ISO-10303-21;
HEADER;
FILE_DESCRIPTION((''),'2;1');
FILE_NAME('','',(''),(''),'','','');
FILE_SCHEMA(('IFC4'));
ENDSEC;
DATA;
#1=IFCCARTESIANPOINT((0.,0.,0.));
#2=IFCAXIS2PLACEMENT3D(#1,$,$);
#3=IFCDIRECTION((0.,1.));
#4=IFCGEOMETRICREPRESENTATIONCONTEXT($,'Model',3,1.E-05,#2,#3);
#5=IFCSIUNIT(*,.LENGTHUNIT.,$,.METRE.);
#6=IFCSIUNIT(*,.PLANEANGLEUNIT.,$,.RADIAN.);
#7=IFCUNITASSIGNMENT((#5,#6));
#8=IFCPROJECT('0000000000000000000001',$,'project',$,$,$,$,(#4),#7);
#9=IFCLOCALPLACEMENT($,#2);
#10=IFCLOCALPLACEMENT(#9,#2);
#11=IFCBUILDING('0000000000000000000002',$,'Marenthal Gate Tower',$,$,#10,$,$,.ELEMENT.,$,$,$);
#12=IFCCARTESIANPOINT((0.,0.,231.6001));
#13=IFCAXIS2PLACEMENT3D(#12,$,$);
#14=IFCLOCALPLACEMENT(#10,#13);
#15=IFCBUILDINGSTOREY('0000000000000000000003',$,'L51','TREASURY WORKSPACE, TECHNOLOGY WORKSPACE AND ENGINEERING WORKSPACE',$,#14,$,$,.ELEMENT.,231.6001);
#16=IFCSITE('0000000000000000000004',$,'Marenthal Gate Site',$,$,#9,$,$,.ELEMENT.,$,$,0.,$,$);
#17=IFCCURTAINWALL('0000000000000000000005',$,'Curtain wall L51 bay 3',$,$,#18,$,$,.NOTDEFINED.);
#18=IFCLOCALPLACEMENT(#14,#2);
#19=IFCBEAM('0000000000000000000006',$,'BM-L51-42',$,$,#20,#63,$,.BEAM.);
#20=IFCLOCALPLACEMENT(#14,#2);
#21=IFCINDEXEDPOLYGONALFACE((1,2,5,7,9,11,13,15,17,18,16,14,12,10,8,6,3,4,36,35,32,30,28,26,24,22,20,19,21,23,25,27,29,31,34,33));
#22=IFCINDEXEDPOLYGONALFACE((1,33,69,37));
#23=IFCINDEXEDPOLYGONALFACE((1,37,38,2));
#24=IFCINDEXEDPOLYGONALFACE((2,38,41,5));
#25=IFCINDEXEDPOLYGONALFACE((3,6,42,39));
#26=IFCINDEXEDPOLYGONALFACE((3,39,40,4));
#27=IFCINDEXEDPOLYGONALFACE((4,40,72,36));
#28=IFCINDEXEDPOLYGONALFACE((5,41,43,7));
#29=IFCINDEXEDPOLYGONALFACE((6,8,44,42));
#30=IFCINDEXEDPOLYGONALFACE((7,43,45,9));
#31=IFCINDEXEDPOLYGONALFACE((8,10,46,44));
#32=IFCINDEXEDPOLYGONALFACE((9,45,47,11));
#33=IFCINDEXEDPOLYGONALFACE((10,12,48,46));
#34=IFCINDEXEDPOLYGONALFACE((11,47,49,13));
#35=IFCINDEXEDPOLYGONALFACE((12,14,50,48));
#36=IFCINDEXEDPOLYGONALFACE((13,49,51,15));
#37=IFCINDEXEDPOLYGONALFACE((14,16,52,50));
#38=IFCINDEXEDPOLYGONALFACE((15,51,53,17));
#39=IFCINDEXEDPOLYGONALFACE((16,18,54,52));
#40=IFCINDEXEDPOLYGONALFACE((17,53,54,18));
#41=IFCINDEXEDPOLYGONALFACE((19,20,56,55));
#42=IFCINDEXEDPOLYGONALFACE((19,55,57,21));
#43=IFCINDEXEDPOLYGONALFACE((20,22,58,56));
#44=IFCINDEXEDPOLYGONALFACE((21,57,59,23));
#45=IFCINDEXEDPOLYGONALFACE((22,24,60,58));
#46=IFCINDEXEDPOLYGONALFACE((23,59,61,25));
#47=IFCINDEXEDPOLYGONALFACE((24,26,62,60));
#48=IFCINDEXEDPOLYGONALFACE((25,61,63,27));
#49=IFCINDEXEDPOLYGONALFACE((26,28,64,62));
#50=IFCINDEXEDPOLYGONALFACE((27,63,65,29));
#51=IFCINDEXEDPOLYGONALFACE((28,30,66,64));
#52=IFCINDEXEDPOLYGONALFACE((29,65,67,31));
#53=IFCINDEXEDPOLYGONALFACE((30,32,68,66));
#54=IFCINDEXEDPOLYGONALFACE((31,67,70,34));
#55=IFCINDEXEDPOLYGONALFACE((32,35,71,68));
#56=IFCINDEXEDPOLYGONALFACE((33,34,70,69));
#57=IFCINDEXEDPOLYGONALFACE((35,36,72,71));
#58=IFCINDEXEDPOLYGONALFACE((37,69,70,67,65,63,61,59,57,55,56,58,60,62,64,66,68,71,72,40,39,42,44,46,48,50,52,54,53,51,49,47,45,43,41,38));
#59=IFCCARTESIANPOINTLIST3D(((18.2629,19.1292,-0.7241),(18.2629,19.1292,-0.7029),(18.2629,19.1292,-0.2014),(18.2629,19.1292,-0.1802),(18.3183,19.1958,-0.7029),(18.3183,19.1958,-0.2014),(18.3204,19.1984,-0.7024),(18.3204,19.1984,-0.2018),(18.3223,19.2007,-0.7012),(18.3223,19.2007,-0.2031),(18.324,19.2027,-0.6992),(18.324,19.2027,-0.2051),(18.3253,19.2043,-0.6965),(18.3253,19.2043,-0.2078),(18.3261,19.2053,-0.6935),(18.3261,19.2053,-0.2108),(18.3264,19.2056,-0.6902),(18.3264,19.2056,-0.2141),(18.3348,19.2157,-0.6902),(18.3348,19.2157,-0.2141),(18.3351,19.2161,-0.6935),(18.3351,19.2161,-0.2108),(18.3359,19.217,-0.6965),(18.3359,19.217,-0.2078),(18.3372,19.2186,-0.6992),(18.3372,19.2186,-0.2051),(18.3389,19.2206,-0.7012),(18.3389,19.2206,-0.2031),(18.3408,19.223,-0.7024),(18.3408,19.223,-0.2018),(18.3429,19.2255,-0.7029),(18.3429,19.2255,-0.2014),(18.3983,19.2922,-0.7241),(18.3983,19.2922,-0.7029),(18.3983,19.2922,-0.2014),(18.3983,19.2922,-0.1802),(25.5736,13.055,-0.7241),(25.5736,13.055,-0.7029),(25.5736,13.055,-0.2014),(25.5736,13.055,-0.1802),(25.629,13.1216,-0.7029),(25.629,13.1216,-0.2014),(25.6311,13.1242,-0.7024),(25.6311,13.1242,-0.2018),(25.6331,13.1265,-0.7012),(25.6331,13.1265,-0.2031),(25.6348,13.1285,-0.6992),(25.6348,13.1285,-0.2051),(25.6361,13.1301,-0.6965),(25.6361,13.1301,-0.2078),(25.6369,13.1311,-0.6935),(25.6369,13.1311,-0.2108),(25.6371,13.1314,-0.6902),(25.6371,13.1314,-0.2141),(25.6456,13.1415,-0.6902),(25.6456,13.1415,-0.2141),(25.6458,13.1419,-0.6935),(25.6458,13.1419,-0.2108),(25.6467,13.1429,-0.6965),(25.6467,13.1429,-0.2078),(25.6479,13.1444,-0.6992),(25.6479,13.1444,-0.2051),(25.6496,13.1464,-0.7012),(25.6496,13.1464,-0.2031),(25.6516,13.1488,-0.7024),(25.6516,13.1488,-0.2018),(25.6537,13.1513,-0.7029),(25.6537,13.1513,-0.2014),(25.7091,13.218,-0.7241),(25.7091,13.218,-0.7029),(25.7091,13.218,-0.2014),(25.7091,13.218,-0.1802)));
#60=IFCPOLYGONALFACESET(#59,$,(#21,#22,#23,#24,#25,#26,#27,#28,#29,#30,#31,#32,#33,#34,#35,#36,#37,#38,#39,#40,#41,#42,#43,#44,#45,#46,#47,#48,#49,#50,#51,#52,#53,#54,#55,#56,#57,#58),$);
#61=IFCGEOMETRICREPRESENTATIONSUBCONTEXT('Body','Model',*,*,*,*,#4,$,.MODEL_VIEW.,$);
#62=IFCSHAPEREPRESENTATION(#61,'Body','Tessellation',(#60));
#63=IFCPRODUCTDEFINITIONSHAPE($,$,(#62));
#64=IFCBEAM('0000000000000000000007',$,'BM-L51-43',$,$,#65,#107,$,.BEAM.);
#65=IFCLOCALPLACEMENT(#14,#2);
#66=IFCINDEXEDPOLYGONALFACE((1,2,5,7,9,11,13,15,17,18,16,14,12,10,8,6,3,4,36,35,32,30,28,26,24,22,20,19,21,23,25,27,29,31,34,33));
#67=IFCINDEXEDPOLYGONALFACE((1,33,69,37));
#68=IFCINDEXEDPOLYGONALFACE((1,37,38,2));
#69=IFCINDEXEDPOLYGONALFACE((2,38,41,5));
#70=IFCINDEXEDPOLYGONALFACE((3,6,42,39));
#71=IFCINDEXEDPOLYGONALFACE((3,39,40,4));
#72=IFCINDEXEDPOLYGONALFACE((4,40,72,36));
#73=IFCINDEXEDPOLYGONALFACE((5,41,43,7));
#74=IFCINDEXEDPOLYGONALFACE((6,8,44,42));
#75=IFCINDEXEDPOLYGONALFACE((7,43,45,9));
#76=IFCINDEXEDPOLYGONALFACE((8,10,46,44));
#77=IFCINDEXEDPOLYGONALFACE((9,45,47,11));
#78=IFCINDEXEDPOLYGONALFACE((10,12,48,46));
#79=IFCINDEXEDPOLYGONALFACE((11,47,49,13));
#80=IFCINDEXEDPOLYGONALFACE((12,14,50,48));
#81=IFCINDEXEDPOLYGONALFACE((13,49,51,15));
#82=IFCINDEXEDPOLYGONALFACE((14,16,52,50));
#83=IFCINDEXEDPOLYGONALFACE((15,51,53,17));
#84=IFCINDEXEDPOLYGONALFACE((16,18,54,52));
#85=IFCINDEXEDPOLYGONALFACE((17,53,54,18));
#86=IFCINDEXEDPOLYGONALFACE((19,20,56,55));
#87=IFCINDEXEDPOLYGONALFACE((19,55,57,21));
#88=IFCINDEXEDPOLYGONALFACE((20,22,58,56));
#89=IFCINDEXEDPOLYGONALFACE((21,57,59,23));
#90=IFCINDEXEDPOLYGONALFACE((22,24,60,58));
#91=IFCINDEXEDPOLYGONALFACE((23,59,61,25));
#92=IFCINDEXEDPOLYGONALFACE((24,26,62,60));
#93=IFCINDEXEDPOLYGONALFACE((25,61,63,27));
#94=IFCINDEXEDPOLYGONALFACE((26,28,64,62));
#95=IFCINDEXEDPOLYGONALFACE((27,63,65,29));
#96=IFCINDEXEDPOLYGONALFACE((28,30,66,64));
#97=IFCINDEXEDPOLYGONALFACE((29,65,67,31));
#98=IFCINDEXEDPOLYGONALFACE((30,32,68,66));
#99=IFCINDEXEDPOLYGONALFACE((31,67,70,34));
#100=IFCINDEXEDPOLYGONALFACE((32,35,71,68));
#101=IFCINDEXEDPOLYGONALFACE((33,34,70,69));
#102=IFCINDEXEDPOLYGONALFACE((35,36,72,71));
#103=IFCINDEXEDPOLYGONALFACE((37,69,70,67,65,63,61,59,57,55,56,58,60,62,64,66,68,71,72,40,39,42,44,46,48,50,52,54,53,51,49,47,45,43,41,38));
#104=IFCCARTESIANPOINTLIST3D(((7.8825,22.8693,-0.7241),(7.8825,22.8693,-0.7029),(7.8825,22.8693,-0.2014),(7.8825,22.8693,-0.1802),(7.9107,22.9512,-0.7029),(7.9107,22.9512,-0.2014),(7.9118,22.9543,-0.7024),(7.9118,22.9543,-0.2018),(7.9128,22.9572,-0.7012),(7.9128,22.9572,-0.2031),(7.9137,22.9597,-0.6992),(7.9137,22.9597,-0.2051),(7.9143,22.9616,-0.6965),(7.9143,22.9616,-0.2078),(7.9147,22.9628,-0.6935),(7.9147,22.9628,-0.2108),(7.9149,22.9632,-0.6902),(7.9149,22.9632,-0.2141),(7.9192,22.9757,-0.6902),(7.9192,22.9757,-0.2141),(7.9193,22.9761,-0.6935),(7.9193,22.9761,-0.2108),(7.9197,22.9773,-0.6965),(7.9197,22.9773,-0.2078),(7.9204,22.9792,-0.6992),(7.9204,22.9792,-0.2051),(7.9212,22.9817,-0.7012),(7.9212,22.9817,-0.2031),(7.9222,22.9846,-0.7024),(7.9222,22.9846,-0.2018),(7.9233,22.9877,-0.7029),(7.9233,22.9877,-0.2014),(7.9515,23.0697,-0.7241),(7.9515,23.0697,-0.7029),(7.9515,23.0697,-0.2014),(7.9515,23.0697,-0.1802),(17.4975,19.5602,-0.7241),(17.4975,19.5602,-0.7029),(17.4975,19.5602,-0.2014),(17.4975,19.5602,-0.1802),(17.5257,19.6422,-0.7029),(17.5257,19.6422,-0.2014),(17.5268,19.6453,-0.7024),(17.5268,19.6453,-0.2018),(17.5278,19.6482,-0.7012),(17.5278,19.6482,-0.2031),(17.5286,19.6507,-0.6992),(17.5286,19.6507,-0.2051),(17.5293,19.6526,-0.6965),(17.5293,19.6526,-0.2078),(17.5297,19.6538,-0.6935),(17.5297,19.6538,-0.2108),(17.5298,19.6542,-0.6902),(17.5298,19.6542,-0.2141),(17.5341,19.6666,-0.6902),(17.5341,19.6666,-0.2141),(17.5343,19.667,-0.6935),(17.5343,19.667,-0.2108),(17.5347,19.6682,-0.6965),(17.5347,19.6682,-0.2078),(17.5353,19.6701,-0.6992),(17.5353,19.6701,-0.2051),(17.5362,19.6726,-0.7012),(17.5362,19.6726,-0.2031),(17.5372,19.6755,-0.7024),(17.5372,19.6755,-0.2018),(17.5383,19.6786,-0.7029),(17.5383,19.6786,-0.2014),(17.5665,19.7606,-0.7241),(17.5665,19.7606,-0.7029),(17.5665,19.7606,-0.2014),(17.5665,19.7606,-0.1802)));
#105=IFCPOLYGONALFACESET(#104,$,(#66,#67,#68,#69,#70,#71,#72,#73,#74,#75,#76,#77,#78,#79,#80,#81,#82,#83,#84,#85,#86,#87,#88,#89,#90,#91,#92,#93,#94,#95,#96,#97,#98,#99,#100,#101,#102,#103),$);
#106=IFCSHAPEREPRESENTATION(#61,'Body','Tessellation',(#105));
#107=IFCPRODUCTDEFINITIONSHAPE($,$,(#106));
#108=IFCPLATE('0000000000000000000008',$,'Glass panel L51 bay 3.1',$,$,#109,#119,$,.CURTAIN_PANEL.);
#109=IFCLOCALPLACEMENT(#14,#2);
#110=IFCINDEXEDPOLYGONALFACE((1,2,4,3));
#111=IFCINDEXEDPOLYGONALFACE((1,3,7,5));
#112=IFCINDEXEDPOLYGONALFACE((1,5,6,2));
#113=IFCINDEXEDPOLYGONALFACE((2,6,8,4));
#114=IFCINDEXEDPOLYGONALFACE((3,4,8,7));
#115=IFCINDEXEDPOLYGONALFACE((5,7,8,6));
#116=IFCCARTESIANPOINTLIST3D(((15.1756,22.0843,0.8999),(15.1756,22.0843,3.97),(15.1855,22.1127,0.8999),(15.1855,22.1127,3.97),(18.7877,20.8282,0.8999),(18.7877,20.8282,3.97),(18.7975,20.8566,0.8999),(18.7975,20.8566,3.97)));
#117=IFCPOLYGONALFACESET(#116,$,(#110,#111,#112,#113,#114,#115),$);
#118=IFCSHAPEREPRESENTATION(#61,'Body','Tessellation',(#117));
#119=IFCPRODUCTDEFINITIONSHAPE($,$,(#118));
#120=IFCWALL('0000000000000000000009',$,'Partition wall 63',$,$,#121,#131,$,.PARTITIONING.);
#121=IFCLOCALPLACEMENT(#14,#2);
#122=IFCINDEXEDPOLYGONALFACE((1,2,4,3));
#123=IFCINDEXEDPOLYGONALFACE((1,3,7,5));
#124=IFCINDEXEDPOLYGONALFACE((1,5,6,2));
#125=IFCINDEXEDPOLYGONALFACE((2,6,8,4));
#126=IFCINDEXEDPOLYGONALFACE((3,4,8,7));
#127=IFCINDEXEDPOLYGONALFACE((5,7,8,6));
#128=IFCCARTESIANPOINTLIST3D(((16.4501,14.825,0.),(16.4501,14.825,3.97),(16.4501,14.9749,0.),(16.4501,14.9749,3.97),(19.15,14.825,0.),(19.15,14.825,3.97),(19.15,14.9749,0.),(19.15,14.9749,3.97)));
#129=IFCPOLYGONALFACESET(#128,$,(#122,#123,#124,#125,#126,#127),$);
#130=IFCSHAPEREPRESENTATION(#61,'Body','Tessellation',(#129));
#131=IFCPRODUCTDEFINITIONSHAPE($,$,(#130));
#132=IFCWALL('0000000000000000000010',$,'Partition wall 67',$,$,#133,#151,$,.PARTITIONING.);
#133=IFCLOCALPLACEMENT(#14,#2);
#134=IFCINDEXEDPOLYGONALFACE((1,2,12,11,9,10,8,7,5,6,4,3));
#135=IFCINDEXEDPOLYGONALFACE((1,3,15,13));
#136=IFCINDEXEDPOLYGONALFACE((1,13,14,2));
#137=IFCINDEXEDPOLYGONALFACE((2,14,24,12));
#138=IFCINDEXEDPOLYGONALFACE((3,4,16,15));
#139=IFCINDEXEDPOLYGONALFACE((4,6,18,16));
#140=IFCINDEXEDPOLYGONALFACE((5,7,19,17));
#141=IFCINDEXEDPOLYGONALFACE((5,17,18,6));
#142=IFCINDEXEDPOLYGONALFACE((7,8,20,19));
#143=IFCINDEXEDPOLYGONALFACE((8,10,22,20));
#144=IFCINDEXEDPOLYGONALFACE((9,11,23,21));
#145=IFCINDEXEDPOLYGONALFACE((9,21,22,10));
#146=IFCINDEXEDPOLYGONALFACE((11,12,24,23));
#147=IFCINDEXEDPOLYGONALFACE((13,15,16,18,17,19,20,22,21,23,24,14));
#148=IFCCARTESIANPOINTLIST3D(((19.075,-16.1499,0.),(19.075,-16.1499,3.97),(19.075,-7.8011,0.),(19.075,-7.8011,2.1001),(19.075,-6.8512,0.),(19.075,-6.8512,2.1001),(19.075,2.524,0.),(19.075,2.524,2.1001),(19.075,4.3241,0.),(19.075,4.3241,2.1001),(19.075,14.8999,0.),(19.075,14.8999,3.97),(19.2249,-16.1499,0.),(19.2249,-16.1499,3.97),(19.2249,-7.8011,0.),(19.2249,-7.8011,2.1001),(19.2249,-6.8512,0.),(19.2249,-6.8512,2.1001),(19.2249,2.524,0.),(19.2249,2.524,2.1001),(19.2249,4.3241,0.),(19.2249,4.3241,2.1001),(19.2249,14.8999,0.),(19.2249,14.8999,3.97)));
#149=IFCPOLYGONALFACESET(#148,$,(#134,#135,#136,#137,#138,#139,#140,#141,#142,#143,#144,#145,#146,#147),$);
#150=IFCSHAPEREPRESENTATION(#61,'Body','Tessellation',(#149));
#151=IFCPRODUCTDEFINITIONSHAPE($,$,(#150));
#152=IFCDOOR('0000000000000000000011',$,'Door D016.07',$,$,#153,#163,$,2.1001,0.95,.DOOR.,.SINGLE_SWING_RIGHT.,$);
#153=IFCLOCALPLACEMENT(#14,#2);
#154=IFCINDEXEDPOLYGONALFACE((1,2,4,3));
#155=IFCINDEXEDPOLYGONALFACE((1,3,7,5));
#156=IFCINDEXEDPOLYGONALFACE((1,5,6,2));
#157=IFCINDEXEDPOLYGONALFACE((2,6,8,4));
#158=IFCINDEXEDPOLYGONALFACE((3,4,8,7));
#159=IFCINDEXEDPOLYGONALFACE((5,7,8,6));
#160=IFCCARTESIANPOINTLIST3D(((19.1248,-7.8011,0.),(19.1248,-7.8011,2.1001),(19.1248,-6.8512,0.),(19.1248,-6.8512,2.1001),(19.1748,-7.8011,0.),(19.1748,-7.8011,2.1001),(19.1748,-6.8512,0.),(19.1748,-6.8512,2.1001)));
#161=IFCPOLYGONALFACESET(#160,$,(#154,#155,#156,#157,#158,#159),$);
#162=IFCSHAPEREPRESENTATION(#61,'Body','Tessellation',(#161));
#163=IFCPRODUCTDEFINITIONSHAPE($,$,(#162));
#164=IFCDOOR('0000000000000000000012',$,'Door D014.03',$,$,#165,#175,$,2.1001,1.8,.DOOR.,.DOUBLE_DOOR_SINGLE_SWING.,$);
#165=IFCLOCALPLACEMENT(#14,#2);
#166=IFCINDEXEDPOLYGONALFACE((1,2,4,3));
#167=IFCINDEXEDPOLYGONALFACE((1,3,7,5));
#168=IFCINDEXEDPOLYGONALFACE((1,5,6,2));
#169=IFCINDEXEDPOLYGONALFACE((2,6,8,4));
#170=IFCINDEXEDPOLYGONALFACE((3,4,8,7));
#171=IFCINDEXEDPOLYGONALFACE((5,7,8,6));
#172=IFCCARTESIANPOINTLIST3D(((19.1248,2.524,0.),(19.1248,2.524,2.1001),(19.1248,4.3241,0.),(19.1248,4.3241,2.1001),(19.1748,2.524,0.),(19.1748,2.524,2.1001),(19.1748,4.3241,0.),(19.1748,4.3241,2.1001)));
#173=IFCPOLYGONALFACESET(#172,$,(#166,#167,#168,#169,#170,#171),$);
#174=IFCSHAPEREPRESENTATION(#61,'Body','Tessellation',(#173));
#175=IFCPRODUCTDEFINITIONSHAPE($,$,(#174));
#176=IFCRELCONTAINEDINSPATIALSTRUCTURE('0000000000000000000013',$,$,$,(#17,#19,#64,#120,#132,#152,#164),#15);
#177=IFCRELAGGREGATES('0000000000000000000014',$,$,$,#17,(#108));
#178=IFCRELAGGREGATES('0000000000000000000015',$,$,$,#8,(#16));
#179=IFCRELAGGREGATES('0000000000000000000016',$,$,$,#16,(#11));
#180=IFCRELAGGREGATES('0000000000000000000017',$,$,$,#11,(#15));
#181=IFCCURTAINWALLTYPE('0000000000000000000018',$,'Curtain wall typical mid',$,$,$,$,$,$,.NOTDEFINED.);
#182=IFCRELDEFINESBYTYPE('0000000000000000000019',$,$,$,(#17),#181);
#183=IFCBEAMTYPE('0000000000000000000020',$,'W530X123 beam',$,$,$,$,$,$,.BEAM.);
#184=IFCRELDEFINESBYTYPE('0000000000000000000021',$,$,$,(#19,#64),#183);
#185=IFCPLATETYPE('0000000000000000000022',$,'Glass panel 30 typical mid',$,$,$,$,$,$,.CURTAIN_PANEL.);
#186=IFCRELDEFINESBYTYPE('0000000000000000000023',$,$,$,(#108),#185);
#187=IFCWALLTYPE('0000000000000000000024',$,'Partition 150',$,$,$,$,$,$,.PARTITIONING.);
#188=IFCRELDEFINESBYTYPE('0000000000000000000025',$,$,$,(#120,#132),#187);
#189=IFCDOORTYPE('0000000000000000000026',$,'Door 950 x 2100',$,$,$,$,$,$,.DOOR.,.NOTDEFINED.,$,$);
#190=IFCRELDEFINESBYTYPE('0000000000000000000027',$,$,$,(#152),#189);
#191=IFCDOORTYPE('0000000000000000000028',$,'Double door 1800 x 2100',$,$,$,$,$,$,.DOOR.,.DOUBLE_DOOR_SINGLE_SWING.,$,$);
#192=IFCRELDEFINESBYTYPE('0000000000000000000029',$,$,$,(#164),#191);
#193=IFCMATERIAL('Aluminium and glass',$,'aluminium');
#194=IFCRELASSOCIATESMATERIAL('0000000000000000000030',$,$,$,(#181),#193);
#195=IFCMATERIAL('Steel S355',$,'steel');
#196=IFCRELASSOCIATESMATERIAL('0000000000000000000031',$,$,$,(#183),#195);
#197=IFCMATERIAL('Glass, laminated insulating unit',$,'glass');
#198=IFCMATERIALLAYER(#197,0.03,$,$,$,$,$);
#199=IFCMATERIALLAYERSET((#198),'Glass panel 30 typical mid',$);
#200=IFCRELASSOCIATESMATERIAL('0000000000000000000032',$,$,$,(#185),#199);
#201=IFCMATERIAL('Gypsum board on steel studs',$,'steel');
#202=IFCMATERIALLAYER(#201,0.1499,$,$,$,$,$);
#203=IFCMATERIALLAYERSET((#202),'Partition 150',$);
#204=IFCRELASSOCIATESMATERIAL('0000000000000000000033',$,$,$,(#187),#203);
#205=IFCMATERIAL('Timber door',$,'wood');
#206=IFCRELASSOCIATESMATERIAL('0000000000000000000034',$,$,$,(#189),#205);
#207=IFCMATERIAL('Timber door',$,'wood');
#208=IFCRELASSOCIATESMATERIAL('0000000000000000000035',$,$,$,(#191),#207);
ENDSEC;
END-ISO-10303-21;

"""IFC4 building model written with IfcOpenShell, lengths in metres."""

from ifc_helpers import new_model, si_unit, direction, frame, frame_2d, origin, origin_2d, place, context, subcontext, project, spatial, rectangle, i_section, extrude, material, layer, layer_set, material_profile, profile_set, type_object, element, fill, aggregate, save


model = new_model("IFC4")

# Units and contexts
model_context = context("Model", 3, precision=1e-05, world=origin(), true_north=direction((0.0, 1.0)))
body_context = subcontext(model_context, "Body", "Model", "MODEL_VIEW")
ifc_project = project(units=[si_unit("LENGTHUNIT", "METRE"), si_unit("PLANEANGLEUNIT", "RADIAN")], contexts=[model_context])

# Site, building, storey
site_placement = place(None, origin())
site = spatial("IfcSite", under=ifc_project, at=site_placement, Name="Marenthal Gate Site", CompositionType="ELEMENT", RefElevation=0.0)
building_placement = place(site_placement, origin())
building = spatial("IfcBuilding", under=site, at=building_placement, Name="Marenthal Gate Tower", CompositionType="ELEMENT")
storey_placement = place(building_placement, frame((0.0, 0.0, 231.6001)))
storey = spatial("IfcBuildingStorey", under=building, at=storey_placement, Name="L51", Description="TREASURY WORKSPACE, TECHNOLOGY WORKSPACE AND ENGINEERING WORKSPACE", CompositionType="ELEMENT", Elevation=231.6001)

# Shared definitions
ifc_material_1 = material(Name="Aluminium and glass", Category="aluminium")
curtain_wall_type = type_object("IfcCurtainWallType", Name="Curtain wall typical mid", PredefinedType="NOTDEFINED", material=ifc_material_1)

# Curtain wall
curtain_wall_1_placement = place(storey_placement, origin())
curtain_wall_1 = element("IfcCurtainWall", 1, at=curtain_wall_1_placement, inside=storey, type_object=curtain_wall_type, Name="Curtain wall L51 bay 3", PredefinedType="NOTDEFINED")

# Beams
ifc_material_2 = material(Name="Steel S355", Category="steel")
ifc_material_profile_1 = material_profile(ifc_material_2, i_section(OverallWidth=0.2119, OverallDepth=0.5439, WebThickness=0.0132, FlangeThickness=0.0212, FilletRadius=0.0127, at=origin_2d()), Name="W530X123")
ifc_profile_set_1 = profile_set([ifc_material_profile_1], Name="Steel S355")
beam_type_1 = type_object("IfcBeamType", Name="W530X123 beam", PredefinedType="BEAM", material=ifc_profile_set_1)
beam_1_placement = place(storey_placement, frame((25.6414, 13.1365, -0.4521), z_axis=(-0.769157, 0.639059, 0.0), x_axis=(-0.639059, -0.769157, 0.0)))
element("IfcBeam", 2, at=beam_1_placement, inside=storey, type_object=beam_type_1, Name="BM-L51-42", PredefinedType="BEAM", context=body_context, shape_type="SweptSolid", body=[
    extrude(i_section(OverallWidth=0.2119, OverallDepth=0.5439, WebThickness=0.0132, FlangeThickness=0.0212, FilletRadius=0.0127, at=origin_2d()), origin(), (0.0, 0.0, 1.0), 9.5049),
])
beam_2_placement = place(storey_placement, frame((17.532, 19.6604, -0.4521), z_axis=(-0.945568, 0.325425, 0.0), x_axis=(-0.325425, -0.945568, 0.0)))
element("IfcBeam", 3, at=beam_2_placement, inside=storey, type_object=beam_type_1, Name="BM-L51-43", PredefinedType="BEAM", context=body_context, shape_type="SweptSolid", body=[
    extrude(i_section(OverallWidth=0.2119, OverallDepth=0.5439, WebThickness=0.0132, FlangeThickness=0.0212, FilletRadius=0.0127, at=origin_2d()), origin(), (0.0, 0.0, 1.0), 10.1685),
])

# Plate
ifc_material_3 = material(Name="Glass, laminated insulating unit", Category="glass")
ifc_layer_1 = layer(ifc_material_3, 0.03)
ifc_layer_set_1 = layer_set([ifc_layer_1], Name="Glass panel 30 typical mid")
plate_type = type_object("IfcPlateType", Name="Glass panel 30 typical mid", PredefinedType="CURTAIN_PANEL", material=ifc_layer_set_1)
plate_placement = place(storey_placement, frame((16.9866, 21.4705, 0.8999), z_axis=(0.0, 0.0, 1.0), x_axis=(-0.944515, 0.328468, 0.0)))
plate = element("IfcPlate", 4, at=plate_placement, type_object=plate_type, Name="Glass panel L51 bay 3.1", PredefinedType="CURTAIN_PANEL", context=body_context, shape_type="SweptSolid", body=[
    extrude(rectangle(XDim=3.8242, YDim=0.03, at=origin_2d()), origin(), (0.0, 0.0, 1.0), 3.0701),
])
aggregate(curtain_wall_1, [plate])

# Wall
ifc_material_4 = material(Name="Gypsum board on steel studs", Category="steel")
ifc_layer_2 = layer(ifc_material_4, 0.1499)
ifc_layer_set_2 = layer_set([ifc_layer_2], Name="Partition 150")
wall_type_1 = type_object("IfcWallType", Name="Partition 150", PredefinedType="PARTITIONING", material=ifc_layer_set_2)
wall_1_placement = place(storey_placement, frame((16.45, 14.8999, 0.0), z_axis=(0.0, 0.0, 1.0), x_axis=(1.0, 0.0, 0.0)))
element("IfcWall", 5, at=wall_1_placement, inside=storey, type_object=wall_type_1, Name="Partition wall 63", PredefinedType="PARTITIONING", context=body_context, shape_type="SweptSolid", body=[
    extrude(rectangle(XDim=2.7, YDim=0.1499, at=frame_2d((1.3501, 0.0))), origin(), (0.0, 0.0, 1.0), 3.97),
])

# Wall, openings, doors
wall_2_placement = place(storey_placement, frame((19.1499, 14.8999, 0.0), z_axis=(0.0, 0.0, 1.0), x_axis=(0.0, -1.0, 0.0)))
wall_2 = element("IfcWall", 6, at=wall_2_placement, inside=storey, type_object=wall_type_1, Name="Partition wall 67", PredefinedType="PARTITIONING", context=body_context, shape_type="SweptSolid", body=[
    extrude(rectangle(XDim=31.0498, YDim=0.1499, at=frame_2d((15.5249, 0.0))), origin(), (0.0, 0.0, 1.0), 3.97),
])
opening_1_placement = place(wall_2_placement, frame((21.751, 0.0, 0.0)))
opening_1 = element("IfcOpeningElement", 7, at=opening_1_placement, cuts=wall_2, PredefinedType="OPENING", context=body_context, shape_type="SweptSolid", body=[
    extrude(rectangle(XDim=0.95, YDim=2.1001, at=frame_2d((0.4751, 1.05))), frame((0.0, 0.085, 0.0), z_axis=(0.0, -1.0, 0.0), x_axis=(1.0, 0.0, 0.0)), (0.0, 0.0, 1.0), 0.1699),
])
opening_2_placement = place(wall_2_placement, frame((10.5759, 0.0, 0.0)))
opening_2 = element("IfcOpeningElement", 8, at=opening_2_placement, cuts=wall_2, PredefinedType="OPENING", context=body_context, shape_type="SweptSolid", body=[
    extrude(rectangle(XDim=1.8, YDim=2.1001, at=frame_2d((0.8999, 1.05))), frame((0.0, 0.085, 0.0), z_axis=(0.0, -1.0, 0.0), x_axis=(1.0, 0.0, 0.0)), (0.0, 0.0, 1.0), 0.1699),
])
ifc_material_5 = material(Name="Timber door", Category="wood")
door_type_1 = type_object("IfcDoorType", Name="Door 950 x 2100", OperationType="NOTDEFINED", PredefinedType="DOOR", material=ifc_material_5)
door_1_placement = place(opening_1_placement, origin())
door_1 = element("IfcDoor", 9, at=door_1_placement, inside=storey, type_object=door_type_1, Name="Door D016.07", OperationType="SINGLE_SWING_RIGHT", OverallHeight=2.1001, OverallWidth=0.95, PredefinedType="DOOR", context=body_context, shape_type="SweptSolid", body=[
    extrude(rectangle(XDim=0.95, YDim=2.1001, at=frame_2d((0.4751, 1.05))), frame((0.0, 0.0249, 0.0), z_axis=(0.0, -1.0, 0.0), x_axis=(1.0, 0.0, 0.0)), (0.0, 0.0, 1.0), 0.05),
])
fill(opening_1, door_1)
ifc_material_6 = material(Name="Timber door", Category="wood")
door_type_2 = type_object("IfcDoorType", Name="Double door 1800 x 2100", OperationType="DOUBLE_DOOR_SINGLE_SWING", PredefinedType="DOOR", material=ifc_material_6)
door_2_placement = place(opening_2_placement, origin())
door_2 = element("IfcDoor", 10, at=door_2_placement, inside=storey, type_object=door_type_2, Name="Door D014.03", OperationType="DOUBLE_DOOR_SINGLE_SWING", OverallHeight=2.1001, OverallWidth=1.8, PredefinedType="DOOR", context=body_context, shape_type="SweptSolid", body=[
    extrude(rectangle(XDim=1.8, YDim=2.1001, at=frame_2d((0.8999, 1.05))), frame((0.0, 0.0249, 0.0), z_axis=(0.0, -1.0, 0.0), x_axis=(1.0, 0.0, 0.0)), (0.0, 0.0, 1.0), 0.05),
])
fill(opening_2, door_2)

save(model, "model.ifc")
